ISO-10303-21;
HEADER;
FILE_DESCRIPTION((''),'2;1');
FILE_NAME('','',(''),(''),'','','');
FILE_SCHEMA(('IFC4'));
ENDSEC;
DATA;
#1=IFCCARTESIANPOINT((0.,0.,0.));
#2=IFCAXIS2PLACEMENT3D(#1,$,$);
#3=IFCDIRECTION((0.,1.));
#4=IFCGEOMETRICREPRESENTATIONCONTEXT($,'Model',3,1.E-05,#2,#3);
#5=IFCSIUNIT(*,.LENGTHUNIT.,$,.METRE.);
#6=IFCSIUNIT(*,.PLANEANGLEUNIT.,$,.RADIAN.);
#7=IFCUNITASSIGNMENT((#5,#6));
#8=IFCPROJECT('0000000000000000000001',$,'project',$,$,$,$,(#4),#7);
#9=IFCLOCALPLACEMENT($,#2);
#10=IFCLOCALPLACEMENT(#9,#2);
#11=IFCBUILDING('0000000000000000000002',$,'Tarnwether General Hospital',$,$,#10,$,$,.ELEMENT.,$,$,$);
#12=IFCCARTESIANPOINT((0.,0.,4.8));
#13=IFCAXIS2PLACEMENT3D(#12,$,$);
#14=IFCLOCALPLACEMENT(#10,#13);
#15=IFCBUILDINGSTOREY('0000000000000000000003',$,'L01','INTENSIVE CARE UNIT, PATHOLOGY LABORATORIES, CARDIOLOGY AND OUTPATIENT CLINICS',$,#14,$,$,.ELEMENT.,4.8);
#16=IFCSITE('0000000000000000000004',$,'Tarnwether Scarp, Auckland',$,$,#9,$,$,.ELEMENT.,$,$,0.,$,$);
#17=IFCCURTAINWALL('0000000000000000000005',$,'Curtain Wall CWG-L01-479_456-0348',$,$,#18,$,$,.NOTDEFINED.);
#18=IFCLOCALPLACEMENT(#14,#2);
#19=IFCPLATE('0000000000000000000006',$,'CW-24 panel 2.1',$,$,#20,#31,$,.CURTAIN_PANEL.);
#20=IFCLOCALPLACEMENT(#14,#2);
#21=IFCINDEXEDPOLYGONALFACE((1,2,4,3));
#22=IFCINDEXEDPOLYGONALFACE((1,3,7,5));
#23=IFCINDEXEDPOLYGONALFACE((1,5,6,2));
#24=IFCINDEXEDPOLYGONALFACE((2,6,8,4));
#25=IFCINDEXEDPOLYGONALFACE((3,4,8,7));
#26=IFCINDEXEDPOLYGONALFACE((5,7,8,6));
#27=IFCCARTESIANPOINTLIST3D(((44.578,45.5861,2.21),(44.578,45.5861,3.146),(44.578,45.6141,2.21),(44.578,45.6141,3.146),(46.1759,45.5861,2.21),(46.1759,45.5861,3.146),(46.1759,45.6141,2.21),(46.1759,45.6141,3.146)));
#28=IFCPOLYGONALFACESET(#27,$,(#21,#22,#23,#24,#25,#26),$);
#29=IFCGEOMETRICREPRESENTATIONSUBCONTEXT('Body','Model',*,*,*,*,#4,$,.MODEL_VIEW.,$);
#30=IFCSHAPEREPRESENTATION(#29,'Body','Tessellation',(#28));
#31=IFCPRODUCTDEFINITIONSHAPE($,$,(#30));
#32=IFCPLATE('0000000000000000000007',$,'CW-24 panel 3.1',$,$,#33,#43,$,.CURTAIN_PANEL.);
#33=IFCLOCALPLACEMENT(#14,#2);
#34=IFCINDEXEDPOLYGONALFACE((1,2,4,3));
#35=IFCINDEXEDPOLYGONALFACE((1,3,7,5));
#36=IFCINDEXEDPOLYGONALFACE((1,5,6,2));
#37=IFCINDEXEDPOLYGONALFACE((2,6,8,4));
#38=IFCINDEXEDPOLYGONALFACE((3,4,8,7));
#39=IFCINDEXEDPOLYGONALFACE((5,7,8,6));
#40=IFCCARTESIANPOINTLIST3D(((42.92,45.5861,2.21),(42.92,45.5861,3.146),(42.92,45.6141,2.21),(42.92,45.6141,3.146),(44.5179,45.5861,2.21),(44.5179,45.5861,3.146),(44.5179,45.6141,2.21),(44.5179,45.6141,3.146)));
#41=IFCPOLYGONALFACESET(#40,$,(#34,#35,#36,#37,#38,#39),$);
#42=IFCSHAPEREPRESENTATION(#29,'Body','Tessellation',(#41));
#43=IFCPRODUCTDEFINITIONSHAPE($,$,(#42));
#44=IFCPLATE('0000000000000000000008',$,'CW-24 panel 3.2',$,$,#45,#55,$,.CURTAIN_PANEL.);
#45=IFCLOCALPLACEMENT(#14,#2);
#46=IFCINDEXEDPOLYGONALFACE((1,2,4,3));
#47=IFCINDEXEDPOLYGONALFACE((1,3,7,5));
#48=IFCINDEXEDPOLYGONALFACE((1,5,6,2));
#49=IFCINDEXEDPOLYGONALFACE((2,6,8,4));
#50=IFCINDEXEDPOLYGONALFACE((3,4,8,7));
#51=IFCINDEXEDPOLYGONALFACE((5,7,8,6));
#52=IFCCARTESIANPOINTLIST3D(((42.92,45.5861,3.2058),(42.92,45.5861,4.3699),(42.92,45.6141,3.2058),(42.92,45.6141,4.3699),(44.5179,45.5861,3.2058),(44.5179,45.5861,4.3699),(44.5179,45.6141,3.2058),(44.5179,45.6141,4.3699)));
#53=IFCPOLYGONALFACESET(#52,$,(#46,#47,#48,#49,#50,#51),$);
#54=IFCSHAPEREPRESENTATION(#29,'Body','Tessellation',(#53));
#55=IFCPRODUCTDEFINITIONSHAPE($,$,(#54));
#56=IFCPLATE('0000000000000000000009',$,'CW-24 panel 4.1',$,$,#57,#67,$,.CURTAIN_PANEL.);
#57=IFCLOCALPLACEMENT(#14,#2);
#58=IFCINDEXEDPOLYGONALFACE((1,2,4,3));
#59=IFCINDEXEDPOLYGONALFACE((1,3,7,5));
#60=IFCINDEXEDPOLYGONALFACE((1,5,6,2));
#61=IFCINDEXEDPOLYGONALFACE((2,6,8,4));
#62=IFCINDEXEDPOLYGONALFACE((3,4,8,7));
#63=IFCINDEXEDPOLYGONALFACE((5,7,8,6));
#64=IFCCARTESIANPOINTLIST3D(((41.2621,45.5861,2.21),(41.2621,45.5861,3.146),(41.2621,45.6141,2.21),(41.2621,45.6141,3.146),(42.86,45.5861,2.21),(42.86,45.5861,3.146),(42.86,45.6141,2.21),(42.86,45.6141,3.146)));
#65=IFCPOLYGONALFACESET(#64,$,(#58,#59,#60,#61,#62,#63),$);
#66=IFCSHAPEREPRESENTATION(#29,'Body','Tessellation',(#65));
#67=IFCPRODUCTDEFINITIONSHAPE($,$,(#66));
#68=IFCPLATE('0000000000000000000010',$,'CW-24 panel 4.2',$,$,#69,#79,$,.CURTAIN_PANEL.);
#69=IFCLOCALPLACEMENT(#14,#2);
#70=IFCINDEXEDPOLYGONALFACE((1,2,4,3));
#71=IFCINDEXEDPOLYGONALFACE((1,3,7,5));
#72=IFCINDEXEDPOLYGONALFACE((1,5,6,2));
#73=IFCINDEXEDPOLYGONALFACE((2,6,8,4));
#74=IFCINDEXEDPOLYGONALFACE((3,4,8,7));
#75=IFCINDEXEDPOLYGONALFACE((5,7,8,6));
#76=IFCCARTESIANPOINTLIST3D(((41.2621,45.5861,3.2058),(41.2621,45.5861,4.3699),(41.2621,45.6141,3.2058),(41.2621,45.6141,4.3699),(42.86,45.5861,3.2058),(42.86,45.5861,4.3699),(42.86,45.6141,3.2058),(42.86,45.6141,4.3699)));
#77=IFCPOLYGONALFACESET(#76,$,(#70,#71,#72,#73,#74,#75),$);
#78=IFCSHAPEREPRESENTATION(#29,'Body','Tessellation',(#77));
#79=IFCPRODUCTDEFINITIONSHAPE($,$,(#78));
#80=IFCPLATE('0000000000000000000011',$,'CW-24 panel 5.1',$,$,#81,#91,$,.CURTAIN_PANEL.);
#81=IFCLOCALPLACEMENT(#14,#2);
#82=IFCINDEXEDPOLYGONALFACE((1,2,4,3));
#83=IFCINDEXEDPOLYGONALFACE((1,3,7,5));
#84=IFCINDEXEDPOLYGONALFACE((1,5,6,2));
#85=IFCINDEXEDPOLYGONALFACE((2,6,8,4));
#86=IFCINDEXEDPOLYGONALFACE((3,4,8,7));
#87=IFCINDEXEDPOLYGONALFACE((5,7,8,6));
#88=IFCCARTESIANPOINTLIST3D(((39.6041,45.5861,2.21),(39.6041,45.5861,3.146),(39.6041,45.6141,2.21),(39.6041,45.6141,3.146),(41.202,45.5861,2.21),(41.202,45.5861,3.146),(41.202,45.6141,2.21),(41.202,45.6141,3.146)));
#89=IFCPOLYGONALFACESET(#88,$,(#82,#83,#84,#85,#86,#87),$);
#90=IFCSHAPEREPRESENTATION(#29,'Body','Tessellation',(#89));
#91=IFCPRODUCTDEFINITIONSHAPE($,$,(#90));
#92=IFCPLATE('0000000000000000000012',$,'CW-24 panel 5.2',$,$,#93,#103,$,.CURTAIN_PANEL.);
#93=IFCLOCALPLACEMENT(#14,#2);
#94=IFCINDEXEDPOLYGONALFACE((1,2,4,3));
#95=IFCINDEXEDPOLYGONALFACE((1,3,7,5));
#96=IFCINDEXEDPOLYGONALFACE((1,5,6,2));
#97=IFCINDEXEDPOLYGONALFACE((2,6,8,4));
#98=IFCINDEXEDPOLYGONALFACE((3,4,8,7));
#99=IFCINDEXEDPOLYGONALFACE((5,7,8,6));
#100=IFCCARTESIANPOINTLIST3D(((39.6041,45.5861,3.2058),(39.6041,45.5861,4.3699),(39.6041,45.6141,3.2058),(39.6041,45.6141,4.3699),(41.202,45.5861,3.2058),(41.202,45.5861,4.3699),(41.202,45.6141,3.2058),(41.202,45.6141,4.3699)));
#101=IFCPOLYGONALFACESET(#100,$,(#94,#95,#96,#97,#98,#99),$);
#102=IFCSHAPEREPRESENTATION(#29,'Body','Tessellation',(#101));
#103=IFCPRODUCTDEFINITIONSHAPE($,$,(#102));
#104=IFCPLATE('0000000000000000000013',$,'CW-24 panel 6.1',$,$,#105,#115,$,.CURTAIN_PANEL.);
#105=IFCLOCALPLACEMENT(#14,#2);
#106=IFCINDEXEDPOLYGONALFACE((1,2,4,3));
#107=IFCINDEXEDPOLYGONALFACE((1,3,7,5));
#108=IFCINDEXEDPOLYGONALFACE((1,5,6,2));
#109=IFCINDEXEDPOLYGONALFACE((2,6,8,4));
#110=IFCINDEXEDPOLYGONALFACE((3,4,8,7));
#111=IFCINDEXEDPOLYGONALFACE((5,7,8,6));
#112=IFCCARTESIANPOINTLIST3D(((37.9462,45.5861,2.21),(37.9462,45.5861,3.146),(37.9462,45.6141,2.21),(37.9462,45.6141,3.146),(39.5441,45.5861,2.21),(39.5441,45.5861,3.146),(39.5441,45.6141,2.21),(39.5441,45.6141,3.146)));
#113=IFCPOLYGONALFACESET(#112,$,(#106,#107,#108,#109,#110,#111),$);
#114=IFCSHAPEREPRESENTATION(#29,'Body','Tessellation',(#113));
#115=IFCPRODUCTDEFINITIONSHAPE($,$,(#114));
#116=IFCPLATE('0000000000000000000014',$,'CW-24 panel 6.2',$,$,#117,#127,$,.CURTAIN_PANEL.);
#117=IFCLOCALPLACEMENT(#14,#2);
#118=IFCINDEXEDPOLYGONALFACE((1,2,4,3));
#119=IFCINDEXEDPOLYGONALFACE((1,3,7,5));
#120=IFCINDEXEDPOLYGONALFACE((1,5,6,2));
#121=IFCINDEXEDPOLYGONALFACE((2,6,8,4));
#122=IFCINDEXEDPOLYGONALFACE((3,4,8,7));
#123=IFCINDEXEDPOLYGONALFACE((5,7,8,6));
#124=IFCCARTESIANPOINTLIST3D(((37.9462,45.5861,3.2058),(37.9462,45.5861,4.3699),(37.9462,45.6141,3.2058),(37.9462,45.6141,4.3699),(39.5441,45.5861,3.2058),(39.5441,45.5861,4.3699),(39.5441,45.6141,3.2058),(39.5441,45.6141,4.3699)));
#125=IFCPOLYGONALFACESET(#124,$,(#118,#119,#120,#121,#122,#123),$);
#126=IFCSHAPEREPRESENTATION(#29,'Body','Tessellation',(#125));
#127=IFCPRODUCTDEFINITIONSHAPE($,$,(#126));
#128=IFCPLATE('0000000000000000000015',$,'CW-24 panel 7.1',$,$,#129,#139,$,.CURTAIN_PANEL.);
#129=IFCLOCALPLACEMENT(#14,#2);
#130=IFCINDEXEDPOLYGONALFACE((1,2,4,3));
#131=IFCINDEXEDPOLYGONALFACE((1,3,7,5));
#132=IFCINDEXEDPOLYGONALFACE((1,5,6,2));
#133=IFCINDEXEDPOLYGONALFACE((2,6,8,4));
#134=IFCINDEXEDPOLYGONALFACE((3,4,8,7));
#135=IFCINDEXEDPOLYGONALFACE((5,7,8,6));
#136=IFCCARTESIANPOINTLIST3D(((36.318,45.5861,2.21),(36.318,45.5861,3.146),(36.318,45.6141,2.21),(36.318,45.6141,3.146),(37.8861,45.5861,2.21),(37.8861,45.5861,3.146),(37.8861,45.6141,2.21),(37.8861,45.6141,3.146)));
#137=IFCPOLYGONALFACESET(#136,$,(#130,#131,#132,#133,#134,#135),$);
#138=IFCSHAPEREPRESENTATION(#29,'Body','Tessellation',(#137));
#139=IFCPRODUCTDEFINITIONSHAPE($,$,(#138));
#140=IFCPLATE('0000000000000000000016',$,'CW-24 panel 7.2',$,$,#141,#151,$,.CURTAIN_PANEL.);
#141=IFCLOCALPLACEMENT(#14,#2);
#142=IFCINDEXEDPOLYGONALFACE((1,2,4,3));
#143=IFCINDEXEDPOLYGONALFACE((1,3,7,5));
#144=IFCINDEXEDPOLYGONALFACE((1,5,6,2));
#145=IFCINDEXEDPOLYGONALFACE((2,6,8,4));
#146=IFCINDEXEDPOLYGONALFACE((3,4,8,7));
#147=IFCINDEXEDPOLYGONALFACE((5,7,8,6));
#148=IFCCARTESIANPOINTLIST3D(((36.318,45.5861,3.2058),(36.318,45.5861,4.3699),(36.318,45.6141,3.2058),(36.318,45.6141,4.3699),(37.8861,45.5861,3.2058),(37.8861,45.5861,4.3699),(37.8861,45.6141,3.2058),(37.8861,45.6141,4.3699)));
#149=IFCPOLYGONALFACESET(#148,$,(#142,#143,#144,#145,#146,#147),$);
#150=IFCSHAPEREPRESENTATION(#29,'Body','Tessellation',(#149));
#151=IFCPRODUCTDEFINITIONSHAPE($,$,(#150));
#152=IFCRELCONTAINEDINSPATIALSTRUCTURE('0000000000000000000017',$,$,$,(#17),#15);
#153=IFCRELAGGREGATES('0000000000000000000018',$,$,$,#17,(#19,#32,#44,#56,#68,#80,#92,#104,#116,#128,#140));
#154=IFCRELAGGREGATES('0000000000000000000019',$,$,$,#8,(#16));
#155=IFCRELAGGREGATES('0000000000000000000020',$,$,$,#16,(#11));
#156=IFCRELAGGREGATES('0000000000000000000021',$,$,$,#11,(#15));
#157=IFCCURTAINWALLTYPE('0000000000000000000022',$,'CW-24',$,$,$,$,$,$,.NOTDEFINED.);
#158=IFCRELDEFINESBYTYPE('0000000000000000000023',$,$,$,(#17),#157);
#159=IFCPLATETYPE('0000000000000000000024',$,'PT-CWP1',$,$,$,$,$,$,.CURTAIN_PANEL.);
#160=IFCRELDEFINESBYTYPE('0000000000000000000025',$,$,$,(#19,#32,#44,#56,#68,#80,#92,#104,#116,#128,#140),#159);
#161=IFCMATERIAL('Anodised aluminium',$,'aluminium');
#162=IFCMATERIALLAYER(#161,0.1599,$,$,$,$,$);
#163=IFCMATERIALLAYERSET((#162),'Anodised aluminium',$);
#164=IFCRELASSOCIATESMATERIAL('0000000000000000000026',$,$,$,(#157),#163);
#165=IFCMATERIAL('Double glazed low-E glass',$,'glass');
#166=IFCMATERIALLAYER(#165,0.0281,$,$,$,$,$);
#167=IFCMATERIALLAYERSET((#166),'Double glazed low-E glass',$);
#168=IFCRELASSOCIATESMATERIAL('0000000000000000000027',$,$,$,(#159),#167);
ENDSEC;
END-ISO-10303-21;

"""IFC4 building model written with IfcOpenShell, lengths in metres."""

from ifc_helpers import new_model, si_unit, direction, frame, origin, origin_2d, place, context, subcontext, project, spatial, rectangle, extrude, material, layer, layer_set, type_object, element, aggregate, save


model = new_model("IFC4")

# Units and contexts
model_context = context("Model", 3, precision=1e-05, world=origin(), true_north=direction((0.0, 1.0)))
body_context = subcontext(model_context, "Body", "Model", "MODEL_VIEW")
ifc_project = project(units=[si_unit("LENGTHUNIT", "METRE"), si_unit("PLANEANGLEUNIT", "RADIAN")], contexts=[model_context])

# Site, building, storey
site_placement = place(None, origin())
site = spatial("IfcSite", under=ifc_project, at=site_placement, Name="Tarnwether Scarp, Auckland", CompositionType="ELEMENT", RefElevation=0.0)
building_placement = place(site_placement, origin())
building = spatial("IfcBuilding", under=site, at=building_placement, Name="Tarnwether General Hospital", CompositionType="ELEMENT")
storey_placement = place(building_placement, frame((0.0, 0.0, 4.8)))
storey = spatial("IfcBuildingStorey", under=building, at=storey_placement, Name="L01", Description="INTENSIVE CARE UNIT, PATHOLOGY LABORATORIES, CARDIOLOGY AND OUTPATIENT CLINICS", CompositionType="ELEMENT", Elevation=4.8)

# Curtain wall
ifc_material_1 = material(Name="Anodised aluminium", Category="aluminium")
ifc_layer_1 = layer(ifc_material_1, 0.1599)
ifc_layer_set_1 = layer_set([ifc_layer_1], Name="Anodised aluminium")
curtain_wall_type = type_object("IfcCurtainWallType", Name="CW-24", PredefinedType="NOTDEFINED", material=ifc_layer_set_1)
curtain_wall_1_placement = place(storey_placement, origin())
curtain_wall_1 = element("IfcCurtainWall", 1, at=curtain_wall_1_placement, inside=storey, type_object=curtain_wall_type, Name="Curtain Wall CWG-L01-479_456-0348", PredefinedType="NOTDEFINED")

# Plates
ifc_material_2 = material(Name="Double glazed low-E glass", Category="glass")
ifc_layer_2 = layer(ifc_material_2, 0.0281)
ifc_layer_set_2 = layer_set([ifc_layer_2], Name="Double glazed low-E glass")
plate_type = type_object("IfcPlateType", Name="PT-CWP1", PredefinedType="CURTAIN_PANEL", material=ifc_layer_set_2)
plate_1_placement = place(storey_placement, frame((45.377, 45.6001, 2.21), z_axis=(0.0, 0.0, 1.0), x_axis=(-1.0, 0.0, 0.0)))
plate_1 = element("IfcPlate", 2, at=plate_1_placement, type_object=plate_type, Name="CW-24 panel 2.1", PredefinedType="CURTAIN_PANEL", context=body_context, shape_type="SweptSolid", body=[
    extrude(rectangle(XDim=1.5979, YDim=0.0281, at=origin_2d()), origin(), (0.0, 0.0, 1.0), 0.936),
])
plate_2_placement = place(storey_placement, frame((43.719, 45.6001, 2.21), z_axis=(0.0, 0.0, 1.0), x_axis=(-1.0, 0.0, 0.0)))
plate_2 = element("IfcPlate", 3, at=plate_2_placement, type_object=plate_type, Name="CW-24 panel 3.1", PredefinedType="CURTAIN_PANEL", context=body_context, shape_type="SweptSolid", body=[
    extrude(rectangle(XDim=1.5979, YDim=0.0281, at=origin_2d()), origin(), (0.0, 0.0, 1.0), 0.936),
])
plate_3_placement = place(storey_placement, frame((43.719, 45.6001, 3.2058), z_axis=(0.0, 0.0, 1.0), x_axis=(-1.0, 0.0, 0.0)))
plate_3 = element("IfcPlate", 4, at=plate_3_placement, type_object=plate_type, Name="CW-24 panel 3.2", PredefinedType="CURTAIN_PANEL", context=body_context, shape_type="SweptSolid", body=[
    extrude(rectangle(XDim=1.5979, YDim=0.0281, at=origin_2d()), origin(), (0.0, 0.0, 1.0), 1.1641),
])
plate_4_placement = place(storey_placement, frame((42.061, 45.6001, 2.21), z_axis=(0.0, 0.0, 1.0), x_axis=(-1.0, 0.0, 0.0)))
plate_4 = element("IfcPlate", 5, at=plate_4_placement, type_object=plate_type, Name="CW-24 panel 4.1", PredefinedType="CURTAIN_PANEL", context=body_context, shape_type="SweptSolid", body=[
    extrude(rectangle(XDim=1.5979, YDim=0.0281, at=origin_2d()), origin(), (0.0, 0.0, 1.0), 0.936),
])
plate_5_placement = place(storey_placement, frame((42.061, 45.6001, 3.2058), z_axis=(0.0, 0.0, 1.0), x_axis=(-1.0, 0.0, 0.0)))
plate_5 = element("IfcPlate", 6, at=plate_5_placement, type_object=plate_type, Name="CW-24 panel 4.2", PredefinedType="CURTAIN_PANEL", context=body_context, shape_type="SweptSolid", body=[
    extrude(rectangle(XDim=1.5979, YDim=0.0281, at=origin_2d()), origin(), (0.0, 0.0, 1.0), 1.1641),
])
plate_6_placement = place(storey_placement, frame((40.4031, 45.6001, 2.21), z_axis=(0.0, 0.0, 1.0), x_axis=(-1.0, 0.0, 0.0)))
plate_6 = element("IfcPlate", 7, at=plate_6_placement, type_object=plate_type, Name="CW-24 panel 5.1", PredefinedType="CURTAIN_PANEL", context=body_context, shape_type="SweptSolid", body=[
    extrude(rectangle(XDim=1.5979, YDim=0.0281, at=origin_2d()), origin(), (0.0, 0.0, 1.0), 0.936),
])
plate_7_placement = place(storey_placement, frame((40.4031, 45.6001, 3.2058), z_axis=(0.0, 0.0, 1.0), x_axis=(-1.0, 0.0, 0.0)))
plate_7 = element("IfcPlate", 8, at=plate_7_placement, type_object=plate_type, Name="CW-24 panel 5.2", PredefinedType="CURTAIN_PANEL", context=body_context, shape_type="SweptSolid", body=[
    extrude(rectangle(XDim=1.5979, YDim=0.0281, at=origin_2d()), origin(), (0.0, 0.0, 1.0), 1.1641),
])
plate_8_placement = place(storey_placement, frame((38.7451, 45.6001, 2.21), z_axis=(0.0, 0.0, 1.0), x_axis=(-1.0, 0.0, 0.0)))
plate_8 = element("IfcPlate", 9, at=plate_8_placement, type_object=plate_type, Name="CW-24 panel 6.1", PredefinedType="CURTAIN_PANEL", context=body_context, shape_type="SweptSolid", body=[
    extrude(rectangle(XDim=1.5979, YDim=0.0281, at=origin_2d()), origin(), (0.0, 0.0, 1.0), 0.936),
])
plate_9_placement = place(storey_placement, frame((38.7451, 45.6001, 3.2058), z_axis=(0.0, 0.0, 1.0), x_axis=(-1.0, 0.0, 0.0)))
plate_9 = element("IfcPlate", 10, at=plate_9_placement, type_object=plate_type, Name="CW-24 panel 6.2", PredefinedType="CURTAIN_PANEL", context=body_context, shape_type="SweptSolid", body=[
    extrude(rectangle(XDim=1.5979, YDim=0.0281, at=origin_2d()), origin(), (0.0, 0.0, 1.0), 1.1641),
])
plate_10_placement = place(storey_placement, frame((37.1021, 45.6001, 2.21), z_axis=(0.0, 0.0, 1.0), x_axis=(-1.0, 0.0, 0.0)))
plate_10 = element("IfcPlate", 11, at=plate_10_placement, type_object=plate_type, Name="CW-24 panel 7.1", PredefinedType="CURTAIN_PANEL", context=body_context, shape_type="SweptSolid", body=[
    extrude(rectangle(XDim=1.5681, YDim=0.0281, at=origin_2d()), origin(), (0.0, 0.0, 1.0), 0.936),
])
plate_11_placement = place(storey_placement, frame((37.1021, 45.6001, 3.2058), z_axis=(0.0, 0.0, 1.0), x_axis=(-1.0, 0.0, 0.0)))
plate_11 = element("IfcPlate", 12, at=plate_11_placement, type_object=plate_type, Name="CW-24 panel 7.2", PredefinedType="CURTAIN_PANEL", context=body_context, shape_type="SweptSolid", body=[
    extrude(rectangle(XDim=1.5681, YDim=0.0281, at=origin_2d()), origin(), (0.0, 0.0, 1.0), 1.1641),
])
aggregate(curtain_wall_1, [plate_1, plate_2, plate_3, plate_4, plate_5, plate_6, plate_7, plate_8, plate_9, plate_10, plate_11])

save(model, "model.ifc")
